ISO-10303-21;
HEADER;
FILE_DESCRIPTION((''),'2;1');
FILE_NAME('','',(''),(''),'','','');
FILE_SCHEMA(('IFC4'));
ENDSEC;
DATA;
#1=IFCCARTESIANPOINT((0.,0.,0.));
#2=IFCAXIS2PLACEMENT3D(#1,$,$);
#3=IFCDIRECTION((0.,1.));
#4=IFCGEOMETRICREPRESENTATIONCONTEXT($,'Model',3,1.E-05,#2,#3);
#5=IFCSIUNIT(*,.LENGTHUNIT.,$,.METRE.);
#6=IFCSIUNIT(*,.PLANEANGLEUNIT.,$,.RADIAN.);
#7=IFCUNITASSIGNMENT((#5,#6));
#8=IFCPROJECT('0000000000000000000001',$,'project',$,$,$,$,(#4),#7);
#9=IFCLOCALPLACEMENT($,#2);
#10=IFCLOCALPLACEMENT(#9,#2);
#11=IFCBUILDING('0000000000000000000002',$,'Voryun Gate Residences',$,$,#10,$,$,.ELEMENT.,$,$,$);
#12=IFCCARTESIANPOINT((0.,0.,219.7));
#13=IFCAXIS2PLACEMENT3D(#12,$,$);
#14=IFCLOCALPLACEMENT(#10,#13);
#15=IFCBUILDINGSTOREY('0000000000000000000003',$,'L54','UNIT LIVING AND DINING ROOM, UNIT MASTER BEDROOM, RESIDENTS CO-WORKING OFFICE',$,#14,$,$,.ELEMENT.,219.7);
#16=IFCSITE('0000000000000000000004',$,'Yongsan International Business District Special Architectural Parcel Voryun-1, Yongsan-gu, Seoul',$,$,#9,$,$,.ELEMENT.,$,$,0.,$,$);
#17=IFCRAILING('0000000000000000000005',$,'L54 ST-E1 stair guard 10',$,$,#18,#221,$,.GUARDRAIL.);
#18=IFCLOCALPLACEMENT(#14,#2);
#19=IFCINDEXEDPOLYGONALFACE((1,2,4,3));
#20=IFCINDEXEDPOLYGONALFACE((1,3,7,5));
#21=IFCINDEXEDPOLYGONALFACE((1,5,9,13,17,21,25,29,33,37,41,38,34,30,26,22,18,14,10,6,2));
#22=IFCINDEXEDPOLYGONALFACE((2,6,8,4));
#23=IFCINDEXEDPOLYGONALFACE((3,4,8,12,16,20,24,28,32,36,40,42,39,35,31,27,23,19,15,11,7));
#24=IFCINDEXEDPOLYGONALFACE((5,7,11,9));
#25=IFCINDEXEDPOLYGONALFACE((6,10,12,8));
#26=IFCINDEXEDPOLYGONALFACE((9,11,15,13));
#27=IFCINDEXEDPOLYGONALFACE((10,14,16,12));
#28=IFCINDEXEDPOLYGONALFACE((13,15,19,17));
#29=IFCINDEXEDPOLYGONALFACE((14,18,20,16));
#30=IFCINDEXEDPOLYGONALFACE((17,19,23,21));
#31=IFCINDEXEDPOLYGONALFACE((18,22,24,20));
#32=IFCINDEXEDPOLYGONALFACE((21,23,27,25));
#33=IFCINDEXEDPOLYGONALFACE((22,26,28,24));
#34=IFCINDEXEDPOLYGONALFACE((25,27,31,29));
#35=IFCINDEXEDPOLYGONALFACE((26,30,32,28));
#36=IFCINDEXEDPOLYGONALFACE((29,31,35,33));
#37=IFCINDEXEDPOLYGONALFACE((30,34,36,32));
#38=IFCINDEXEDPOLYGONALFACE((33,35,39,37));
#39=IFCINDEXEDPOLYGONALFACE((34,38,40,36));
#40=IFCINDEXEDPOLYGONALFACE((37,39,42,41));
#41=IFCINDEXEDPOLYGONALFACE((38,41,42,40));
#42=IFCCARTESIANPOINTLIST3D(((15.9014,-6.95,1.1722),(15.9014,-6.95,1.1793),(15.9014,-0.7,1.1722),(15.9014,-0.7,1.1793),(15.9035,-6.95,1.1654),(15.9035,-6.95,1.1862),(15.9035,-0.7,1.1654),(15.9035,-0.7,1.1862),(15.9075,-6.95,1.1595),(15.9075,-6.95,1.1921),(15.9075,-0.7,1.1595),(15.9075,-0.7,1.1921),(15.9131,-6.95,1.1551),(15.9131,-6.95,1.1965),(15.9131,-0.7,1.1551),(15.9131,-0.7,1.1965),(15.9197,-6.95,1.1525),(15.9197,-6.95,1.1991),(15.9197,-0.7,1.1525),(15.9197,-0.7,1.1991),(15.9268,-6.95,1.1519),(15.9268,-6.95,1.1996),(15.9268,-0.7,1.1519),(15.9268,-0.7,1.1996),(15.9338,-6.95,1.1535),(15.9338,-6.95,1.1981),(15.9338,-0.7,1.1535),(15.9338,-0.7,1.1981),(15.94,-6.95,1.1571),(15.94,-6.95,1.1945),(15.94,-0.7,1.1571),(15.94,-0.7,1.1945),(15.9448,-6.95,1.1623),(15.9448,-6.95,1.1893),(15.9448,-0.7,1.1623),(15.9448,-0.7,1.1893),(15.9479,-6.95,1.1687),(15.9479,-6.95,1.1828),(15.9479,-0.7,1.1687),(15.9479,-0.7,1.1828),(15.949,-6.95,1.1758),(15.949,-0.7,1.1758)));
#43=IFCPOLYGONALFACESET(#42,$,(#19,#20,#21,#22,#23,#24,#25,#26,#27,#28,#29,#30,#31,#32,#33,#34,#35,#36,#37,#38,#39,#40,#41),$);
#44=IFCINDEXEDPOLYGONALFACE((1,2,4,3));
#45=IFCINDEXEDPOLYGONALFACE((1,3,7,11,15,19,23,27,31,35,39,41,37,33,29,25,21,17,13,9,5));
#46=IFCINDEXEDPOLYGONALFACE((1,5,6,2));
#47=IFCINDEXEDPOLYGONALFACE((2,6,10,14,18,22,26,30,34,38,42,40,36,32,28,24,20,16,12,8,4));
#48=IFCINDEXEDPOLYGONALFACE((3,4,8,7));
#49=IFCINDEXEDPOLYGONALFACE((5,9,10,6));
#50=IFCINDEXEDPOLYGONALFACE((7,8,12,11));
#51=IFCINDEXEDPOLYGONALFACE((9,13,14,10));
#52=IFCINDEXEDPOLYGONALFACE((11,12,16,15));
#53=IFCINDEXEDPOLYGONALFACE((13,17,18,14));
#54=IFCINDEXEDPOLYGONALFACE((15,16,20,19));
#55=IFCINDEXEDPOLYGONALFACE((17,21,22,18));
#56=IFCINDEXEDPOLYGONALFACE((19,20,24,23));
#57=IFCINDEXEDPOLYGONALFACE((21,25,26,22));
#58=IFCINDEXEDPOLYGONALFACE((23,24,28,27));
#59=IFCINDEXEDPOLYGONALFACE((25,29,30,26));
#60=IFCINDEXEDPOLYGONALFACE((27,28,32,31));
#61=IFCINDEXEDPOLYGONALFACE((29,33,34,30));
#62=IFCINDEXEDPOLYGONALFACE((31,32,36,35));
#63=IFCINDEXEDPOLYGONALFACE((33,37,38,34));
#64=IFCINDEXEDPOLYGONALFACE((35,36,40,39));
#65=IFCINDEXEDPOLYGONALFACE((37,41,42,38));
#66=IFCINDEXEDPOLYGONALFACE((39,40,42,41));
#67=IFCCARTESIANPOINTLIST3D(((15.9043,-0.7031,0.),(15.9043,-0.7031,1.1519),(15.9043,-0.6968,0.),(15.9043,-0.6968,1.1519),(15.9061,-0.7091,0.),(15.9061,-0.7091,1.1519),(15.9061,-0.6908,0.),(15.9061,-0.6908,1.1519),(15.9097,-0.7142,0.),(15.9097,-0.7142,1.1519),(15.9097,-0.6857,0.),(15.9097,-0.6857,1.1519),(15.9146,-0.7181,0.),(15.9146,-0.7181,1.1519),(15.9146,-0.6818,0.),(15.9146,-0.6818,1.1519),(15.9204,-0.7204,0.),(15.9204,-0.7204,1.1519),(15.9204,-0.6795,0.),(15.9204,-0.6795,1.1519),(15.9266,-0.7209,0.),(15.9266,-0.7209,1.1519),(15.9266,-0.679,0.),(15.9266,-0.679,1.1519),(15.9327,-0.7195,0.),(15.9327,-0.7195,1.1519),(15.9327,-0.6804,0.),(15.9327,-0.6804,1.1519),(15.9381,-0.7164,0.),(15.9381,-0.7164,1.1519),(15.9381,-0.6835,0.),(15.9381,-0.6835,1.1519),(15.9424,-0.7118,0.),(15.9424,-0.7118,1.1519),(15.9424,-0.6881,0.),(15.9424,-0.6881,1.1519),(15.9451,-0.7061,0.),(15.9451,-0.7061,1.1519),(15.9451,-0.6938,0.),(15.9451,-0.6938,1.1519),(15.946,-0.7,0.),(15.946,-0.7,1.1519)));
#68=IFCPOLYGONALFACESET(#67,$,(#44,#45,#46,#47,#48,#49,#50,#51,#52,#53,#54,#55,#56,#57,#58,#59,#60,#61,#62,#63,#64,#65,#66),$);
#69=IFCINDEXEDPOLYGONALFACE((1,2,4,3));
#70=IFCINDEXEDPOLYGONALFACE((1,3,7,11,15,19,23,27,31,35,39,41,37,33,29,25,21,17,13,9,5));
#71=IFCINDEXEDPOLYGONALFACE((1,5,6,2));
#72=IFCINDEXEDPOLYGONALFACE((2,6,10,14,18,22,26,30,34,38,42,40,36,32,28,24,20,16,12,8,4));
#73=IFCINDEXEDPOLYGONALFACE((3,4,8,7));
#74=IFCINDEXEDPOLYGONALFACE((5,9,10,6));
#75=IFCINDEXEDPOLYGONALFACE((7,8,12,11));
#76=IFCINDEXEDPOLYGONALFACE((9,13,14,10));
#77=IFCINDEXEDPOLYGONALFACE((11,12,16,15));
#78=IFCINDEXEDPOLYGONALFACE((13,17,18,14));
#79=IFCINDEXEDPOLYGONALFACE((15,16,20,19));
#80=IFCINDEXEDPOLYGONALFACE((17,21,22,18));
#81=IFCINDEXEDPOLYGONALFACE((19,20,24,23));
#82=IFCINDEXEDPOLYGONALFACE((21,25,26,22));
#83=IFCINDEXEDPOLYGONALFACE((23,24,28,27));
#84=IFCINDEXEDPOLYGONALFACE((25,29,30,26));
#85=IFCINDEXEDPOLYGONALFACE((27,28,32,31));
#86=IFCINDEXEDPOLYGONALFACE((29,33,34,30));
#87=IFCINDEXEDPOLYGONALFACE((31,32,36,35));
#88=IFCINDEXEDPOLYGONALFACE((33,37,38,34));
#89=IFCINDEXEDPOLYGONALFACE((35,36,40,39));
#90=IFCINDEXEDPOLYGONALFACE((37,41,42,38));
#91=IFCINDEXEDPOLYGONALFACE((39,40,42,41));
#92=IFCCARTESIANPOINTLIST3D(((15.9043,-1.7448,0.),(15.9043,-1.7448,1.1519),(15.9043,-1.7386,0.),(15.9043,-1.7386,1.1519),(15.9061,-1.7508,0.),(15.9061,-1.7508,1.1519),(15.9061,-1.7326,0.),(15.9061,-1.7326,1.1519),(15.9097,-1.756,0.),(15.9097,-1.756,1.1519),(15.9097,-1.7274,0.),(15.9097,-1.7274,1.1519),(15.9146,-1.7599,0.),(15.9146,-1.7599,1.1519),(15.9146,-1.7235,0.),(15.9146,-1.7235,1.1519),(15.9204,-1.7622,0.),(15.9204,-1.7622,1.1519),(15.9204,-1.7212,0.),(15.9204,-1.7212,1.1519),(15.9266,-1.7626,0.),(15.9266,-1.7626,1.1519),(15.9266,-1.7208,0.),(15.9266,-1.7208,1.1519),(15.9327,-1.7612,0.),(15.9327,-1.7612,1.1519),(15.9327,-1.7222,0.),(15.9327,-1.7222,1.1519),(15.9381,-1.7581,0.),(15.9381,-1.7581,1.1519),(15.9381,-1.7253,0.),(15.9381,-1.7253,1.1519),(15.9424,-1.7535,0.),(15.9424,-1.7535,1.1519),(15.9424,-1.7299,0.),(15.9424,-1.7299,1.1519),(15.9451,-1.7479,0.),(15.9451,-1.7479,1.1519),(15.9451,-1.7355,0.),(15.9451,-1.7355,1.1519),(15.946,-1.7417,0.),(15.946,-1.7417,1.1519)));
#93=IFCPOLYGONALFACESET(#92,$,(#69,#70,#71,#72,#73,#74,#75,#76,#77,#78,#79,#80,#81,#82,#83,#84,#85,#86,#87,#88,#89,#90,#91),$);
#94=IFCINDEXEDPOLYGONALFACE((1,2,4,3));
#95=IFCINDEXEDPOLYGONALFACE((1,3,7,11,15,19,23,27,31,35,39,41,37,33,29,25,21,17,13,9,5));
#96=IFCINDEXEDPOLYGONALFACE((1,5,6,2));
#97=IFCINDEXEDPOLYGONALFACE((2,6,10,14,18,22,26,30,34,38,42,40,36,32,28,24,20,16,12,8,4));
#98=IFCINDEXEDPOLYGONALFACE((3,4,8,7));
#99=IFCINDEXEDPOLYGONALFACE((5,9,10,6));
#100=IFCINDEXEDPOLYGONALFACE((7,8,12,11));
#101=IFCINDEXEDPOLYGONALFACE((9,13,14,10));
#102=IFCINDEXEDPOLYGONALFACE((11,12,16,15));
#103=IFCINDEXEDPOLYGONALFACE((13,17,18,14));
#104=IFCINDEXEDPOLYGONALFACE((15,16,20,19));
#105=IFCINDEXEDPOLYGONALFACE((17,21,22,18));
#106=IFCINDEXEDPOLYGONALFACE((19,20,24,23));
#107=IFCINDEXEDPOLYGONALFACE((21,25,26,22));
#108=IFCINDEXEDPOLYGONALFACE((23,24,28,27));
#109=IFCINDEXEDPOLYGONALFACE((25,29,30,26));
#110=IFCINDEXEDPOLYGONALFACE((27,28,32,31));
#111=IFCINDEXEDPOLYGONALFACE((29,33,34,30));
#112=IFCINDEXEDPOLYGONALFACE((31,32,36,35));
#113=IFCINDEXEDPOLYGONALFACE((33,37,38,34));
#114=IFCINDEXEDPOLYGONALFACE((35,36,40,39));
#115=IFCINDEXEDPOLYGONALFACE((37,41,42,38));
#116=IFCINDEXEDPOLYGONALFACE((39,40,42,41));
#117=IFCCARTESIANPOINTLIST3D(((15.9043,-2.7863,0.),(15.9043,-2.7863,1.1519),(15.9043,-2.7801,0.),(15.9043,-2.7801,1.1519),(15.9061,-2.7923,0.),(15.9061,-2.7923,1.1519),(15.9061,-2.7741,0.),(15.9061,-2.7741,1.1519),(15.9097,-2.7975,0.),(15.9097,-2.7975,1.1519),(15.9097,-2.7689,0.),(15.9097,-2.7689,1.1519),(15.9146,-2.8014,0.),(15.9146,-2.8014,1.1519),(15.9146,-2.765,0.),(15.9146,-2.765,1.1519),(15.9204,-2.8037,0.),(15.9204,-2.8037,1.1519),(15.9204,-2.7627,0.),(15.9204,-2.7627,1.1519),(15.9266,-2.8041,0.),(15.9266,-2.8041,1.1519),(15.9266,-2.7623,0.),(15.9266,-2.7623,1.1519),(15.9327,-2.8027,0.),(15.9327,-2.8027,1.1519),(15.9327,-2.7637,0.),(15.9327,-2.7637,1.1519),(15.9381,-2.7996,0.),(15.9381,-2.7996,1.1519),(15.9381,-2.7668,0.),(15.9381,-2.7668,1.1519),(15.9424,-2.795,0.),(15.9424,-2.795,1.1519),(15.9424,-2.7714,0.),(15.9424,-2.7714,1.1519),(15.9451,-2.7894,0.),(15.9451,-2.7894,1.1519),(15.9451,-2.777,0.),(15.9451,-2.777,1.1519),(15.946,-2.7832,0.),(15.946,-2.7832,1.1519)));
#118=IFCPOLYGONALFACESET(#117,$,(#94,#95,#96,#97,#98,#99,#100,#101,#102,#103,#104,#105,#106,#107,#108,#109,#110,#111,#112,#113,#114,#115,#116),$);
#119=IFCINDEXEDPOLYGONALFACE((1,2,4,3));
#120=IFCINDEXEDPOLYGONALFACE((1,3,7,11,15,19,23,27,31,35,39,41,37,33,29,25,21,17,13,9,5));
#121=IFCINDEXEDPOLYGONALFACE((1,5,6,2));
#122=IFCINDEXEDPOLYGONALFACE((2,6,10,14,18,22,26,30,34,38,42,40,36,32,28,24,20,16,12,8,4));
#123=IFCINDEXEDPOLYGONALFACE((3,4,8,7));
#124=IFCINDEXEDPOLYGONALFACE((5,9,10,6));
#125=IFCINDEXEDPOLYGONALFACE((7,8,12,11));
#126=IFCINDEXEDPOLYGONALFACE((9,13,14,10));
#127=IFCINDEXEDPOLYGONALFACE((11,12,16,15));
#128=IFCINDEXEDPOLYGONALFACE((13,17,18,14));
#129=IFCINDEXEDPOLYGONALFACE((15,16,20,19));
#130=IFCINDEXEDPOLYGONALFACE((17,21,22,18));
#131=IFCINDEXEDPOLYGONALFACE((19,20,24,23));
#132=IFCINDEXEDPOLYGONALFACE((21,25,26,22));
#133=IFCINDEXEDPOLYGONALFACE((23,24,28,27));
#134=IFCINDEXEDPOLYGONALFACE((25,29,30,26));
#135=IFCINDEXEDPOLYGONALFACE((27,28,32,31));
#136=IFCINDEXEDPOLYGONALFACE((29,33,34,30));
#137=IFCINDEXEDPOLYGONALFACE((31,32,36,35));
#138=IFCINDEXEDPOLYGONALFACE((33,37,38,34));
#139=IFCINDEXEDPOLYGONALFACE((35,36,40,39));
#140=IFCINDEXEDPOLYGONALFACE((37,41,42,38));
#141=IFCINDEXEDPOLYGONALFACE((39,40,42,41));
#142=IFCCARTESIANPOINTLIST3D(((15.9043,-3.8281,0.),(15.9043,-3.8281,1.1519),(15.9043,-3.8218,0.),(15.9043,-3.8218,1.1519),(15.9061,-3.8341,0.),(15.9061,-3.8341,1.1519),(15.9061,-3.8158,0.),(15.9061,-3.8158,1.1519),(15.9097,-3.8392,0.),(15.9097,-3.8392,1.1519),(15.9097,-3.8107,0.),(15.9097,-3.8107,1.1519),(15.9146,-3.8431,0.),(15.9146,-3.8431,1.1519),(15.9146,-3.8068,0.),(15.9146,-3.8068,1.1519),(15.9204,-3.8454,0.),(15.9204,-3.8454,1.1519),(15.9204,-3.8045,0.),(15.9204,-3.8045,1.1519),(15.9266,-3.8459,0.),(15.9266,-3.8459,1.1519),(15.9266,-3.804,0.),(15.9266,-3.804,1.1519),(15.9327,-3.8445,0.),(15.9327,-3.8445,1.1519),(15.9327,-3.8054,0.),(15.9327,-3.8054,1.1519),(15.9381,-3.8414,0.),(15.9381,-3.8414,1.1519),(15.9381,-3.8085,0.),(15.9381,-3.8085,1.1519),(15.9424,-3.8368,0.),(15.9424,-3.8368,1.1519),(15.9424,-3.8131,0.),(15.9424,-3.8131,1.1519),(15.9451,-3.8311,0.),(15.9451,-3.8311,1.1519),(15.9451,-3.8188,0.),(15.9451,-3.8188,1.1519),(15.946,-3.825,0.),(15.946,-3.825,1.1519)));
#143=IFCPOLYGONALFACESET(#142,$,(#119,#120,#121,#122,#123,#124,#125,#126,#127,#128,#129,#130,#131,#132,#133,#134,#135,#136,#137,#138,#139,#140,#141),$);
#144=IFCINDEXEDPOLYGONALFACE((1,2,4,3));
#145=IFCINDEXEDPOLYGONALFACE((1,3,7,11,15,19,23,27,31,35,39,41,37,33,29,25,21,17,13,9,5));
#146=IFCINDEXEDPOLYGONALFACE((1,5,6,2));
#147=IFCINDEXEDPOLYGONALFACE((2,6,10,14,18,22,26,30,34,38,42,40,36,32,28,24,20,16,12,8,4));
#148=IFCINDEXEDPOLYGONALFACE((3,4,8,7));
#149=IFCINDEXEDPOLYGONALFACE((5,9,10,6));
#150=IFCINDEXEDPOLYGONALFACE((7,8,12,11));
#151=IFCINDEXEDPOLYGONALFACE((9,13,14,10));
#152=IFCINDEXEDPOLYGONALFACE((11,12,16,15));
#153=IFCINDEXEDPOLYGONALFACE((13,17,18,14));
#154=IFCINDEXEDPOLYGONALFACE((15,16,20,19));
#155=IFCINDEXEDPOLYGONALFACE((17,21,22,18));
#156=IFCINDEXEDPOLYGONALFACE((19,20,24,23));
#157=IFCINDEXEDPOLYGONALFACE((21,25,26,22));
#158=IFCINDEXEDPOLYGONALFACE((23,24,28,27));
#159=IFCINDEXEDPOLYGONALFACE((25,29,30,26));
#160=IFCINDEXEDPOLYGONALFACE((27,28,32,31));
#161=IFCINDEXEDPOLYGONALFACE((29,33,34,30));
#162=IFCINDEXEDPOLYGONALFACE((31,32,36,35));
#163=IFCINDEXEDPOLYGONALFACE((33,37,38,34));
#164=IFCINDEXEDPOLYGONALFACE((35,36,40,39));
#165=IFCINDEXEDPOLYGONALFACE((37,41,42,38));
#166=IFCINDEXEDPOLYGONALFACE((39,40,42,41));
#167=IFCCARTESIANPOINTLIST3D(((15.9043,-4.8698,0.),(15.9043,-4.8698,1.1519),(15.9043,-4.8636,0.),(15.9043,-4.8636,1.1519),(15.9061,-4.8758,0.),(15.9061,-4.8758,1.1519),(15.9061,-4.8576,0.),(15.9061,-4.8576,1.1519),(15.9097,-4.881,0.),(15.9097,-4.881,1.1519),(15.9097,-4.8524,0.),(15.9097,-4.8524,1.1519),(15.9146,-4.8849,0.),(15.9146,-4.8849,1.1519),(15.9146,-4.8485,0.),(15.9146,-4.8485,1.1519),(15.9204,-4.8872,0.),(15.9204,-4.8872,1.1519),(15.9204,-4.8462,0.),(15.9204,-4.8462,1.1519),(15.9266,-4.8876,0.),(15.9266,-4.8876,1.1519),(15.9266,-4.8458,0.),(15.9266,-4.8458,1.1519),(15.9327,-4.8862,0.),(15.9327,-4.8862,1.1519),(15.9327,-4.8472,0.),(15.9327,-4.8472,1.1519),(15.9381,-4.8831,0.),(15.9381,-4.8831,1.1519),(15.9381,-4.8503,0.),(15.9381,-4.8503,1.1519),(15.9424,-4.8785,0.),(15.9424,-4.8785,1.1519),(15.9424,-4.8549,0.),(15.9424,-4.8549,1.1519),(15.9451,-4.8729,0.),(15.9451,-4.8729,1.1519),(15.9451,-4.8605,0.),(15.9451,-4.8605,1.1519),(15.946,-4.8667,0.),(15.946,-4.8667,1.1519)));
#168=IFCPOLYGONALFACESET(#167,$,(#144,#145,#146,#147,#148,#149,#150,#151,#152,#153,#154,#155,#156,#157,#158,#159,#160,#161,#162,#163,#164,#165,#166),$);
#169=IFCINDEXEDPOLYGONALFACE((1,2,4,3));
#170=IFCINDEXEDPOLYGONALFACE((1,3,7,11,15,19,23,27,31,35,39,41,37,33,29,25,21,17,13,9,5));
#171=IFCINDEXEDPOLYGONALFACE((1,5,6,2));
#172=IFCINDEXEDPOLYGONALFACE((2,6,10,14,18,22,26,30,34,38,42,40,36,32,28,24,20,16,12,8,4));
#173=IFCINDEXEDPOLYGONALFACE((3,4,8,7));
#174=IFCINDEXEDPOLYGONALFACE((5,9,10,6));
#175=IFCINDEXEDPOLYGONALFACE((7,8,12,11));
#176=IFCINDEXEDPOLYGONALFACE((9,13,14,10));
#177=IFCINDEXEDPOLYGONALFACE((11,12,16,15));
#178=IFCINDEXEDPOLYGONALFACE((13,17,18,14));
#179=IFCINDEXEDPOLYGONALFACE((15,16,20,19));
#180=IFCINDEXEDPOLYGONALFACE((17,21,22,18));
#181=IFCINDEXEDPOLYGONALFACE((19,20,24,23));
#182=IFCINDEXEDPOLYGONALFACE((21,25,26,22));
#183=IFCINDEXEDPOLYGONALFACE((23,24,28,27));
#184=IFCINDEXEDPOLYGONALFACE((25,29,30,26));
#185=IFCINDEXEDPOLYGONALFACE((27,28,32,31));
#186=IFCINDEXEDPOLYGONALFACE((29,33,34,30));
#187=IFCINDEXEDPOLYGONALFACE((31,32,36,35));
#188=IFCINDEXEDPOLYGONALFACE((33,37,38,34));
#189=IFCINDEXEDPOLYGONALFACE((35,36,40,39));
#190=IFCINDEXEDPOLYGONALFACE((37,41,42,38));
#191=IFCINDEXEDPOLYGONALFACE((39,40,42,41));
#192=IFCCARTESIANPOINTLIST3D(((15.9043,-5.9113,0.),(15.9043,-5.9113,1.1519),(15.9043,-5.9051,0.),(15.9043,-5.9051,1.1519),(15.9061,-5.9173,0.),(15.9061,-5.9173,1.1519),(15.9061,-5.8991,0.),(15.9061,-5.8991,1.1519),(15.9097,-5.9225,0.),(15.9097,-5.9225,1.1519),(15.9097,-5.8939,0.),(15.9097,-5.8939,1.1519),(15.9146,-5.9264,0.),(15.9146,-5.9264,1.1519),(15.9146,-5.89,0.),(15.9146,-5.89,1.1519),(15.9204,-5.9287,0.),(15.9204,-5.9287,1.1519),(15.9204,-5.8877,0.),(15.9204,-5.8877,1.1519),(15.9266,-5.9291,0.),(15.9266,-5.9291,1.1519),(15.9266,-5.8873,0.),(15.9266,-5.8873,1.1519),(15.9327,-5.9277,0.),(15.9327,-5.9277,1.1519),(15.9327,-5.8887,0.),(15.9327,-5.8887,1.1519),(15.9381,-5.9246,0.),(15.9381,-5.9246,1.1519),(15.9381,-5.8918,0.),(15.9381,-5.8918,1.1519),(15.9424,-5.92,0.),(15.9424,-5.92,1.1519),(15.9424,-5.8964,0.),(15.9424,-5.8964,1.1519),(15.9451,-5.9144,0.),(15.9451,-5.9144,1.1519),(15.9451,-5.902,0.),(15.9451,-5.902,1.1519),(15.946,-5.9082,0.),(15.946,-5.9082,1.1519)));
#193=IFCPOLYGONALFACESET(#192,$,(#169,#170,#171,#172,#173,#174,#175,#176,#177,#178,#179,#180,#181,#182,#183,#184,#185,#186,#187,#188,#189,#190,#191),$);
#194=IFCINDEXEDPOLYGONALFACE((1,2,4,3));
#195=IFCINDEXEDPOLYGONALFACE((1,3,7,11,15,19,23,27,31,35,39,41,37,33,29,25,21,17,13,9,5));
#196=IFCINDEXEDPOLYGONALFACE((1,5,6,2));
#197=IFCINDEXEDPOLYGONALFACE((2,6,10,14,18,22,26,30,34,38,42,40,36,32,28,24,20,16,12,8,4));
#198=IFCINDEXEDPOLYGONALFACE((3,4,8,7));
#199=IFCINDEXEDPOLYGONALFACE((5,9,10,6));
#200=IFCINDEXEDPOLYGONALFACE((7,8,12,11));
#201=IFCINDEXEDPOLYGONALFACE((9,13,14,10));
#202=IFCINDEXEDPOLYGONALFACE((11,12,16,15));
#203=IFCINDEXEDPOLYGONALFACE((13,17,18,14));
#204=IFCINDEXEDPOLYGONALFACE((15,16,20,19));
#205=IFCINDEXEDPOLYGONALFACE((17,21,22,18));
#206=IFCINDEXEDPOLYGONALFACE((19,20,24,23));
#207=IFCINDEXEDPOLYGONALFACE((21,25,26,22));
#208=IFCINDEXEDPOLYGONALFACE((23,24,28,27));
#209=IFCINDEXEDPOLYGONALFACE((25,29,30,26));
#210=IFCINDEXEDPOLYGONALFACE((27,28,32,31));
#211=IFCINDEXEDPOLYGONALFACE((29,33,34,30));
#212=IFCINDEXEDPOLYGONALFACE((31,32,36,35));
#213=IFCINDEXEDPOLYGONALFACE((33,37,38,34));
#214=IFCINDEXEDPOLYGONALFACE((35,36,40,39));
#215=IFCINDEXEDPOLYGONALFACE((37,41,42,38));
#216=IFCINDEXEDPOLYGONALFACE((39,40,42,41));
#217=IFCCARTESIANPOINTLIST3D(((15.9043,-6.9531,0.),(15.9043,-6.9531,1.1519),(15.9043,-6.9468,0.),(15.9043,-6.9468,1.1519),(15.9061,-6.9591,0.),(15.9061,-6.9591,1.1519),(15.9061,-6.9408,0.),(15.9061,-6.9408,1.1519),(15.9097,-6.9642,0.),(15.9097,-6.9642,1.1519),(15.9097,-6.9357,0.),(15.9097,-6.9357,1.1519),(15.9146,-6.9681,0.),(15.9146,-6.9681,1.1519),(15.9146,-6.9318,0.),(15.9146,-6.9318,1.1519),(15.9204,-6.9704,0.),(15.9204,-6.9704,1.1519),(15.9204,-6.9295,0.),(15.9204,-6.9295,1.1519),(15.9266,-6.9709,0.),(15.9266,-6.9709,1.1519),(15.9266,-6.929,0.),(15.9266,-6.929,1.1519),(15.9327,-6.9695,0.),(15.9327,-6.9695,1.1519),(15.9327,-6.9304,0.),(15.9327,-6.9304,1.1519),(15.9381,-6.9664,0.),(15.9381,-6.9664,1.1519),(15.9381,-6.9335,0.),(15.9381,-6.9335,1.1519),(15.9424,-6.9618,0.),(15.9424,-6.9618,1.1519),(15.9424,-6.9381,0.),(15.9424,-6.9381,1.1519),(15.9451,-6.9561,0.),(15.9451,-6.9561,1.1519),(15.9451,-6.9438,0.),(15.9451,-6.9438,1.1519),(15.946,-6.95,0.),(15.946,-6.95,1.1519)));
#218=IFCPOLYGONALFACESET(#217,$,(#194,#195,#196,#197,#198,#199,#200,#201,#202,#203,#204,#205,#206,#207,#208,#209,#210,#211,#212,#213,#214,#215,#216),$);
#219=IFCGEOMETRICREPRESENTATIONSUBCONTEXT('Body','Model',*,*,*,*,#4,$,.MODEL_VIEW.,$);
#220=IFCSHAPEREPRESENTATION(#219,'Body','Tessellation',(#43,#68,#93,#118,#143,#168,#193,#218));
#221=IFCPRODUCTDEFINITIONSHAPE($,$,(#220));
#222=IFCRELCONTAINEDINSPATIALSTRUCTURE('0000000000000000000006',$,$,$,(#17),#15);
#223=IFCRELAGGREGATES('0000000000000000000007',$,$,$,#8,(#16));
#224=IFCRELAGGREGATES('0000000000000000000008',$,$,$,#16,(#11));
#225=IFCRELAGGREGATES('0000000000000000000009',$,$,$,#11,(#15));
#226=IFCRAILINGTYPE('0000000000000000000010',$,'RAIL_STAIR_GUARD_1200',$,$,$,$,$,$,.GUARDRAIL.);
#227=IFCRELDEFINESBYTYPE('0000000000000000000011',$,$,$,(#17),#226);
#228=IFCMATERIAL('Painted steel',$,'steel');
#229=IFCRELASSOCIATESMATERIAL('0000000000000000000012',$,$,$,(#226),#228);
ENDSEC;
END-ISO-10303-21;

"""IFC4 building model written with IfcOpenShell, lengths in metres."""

from ifc_helpers import new_model, si_unit, direction, frame, origin, origin_2d, place, context, subcontext, project, spatial, circle, extrude, material, type_object, element, save


model = new_model("IFC4")

# Units and contexts
model_context = context("Model", 3, precision=1e-05, world=origin(), true_north=direction((0.0, 1.0)))
body_context = subcontext(model_context, "Body", "Model", "MODEL_VIEW")
ifc_project = project(units=[si_unit("LENGTHUNIT", "METRE"), si_unit("PLANEANGLEUNIT", "RADIAN")], contexts=[model_context])

# Site, building, storey
site_placement = place(None, origin())
site = spatial("IfcSite", under=ifc_project, at=site_placement, Name="Yongsan International Business District Special Architectural Parcel Voryun-1, Yongsan-gu, Seoul", CompositionType="ELEMENT", RefElevation=0.0)
building_placement = place(site_placement, origin())
building = spatial("IfcBuilding", under=site, at=building_placement, Name="Voryun Gate Residences", CompositionType="ELEMENT")
storey_placement = place(building_placement, frame((0.0, 0.0, 219.7)))
storey = spatial("IfcBuildingStorey", under=building, at=storey_placement, Name="L54", Description="UNIT LIVING AND DINING ROOM, UNIT MASTER BEDROOM, RESIDENTS CO-WORKING OFFICE", CompositionType="ELEMENT", Elevation=219.7)

# Railing
ifc_material_1 = material(Name="Painted steel", Category="steel")
railing_type = type_object("IfcRailingType", Name="RAIL_STAIR_GUARD_1200", PredefinedType="GUARDRAIL", material=ifc_material_1)
railing_1_placement = place(storey_placement, frame((15.925, -0.7, 0.0)))
element("IfcRailing", 1, at=railing_1_placement, inside=storey, type_object=railing_type, Name="L54 ST-E1 stair guard 10", PredefinedType="GUARDRAIL", context=body_context, shape_type="SweptSolid", body=[
    extrude(circle(Radius=0.0239, at=origin_2d()), frame((0.0, 0.0, 1.1758), z_axis=(0.0, -1.0, 0.0), x_axis=(1.0, 0.0, 0.0)), (0.0, 0.0, 1.0), 6.25),
    extrude(circle(Radius=0.021, at=origin_2d()), origin(), (0.0, 0.0, 1.0), 1.1519),
    extrude(circle(Radius=0.021, at=origin_2d()), frame((0.0, -1.0417, 0.0)), (0.0, 0.0, 1.0), 1.1519),
    extrude(circle(Radius=0.021, at=origin_2d()), frame((0.0, -2.0833, 0.0)), (0.0, 0.0, 1.0), 1.1519),
    extrude(circle(Radius=0.021, at=origin_2d()), frame((0.0, -3.125, 0.0)), (0.0, 0.0, 1.0), 1.1519),
    extrude(circle(Radius=0.021, at=origin_2d()), frame((0.0, -4.1667, 0.0)), (0.0, 0.0, 1.0), 1.1519),
    extrude(circle(Radius=0.021, at=origin_2d()), frame((0.0, -5.2083, 0.0)), (0.0, 0.0, 1.0), 1.1519),
    extrude(circle(Radius=0.021, at=origin_2d()), frame((0.0, -6.25, 0.0)), (0.0, 0.0, 1.0), 1.1519),
])

save(model, "model.ifc")
